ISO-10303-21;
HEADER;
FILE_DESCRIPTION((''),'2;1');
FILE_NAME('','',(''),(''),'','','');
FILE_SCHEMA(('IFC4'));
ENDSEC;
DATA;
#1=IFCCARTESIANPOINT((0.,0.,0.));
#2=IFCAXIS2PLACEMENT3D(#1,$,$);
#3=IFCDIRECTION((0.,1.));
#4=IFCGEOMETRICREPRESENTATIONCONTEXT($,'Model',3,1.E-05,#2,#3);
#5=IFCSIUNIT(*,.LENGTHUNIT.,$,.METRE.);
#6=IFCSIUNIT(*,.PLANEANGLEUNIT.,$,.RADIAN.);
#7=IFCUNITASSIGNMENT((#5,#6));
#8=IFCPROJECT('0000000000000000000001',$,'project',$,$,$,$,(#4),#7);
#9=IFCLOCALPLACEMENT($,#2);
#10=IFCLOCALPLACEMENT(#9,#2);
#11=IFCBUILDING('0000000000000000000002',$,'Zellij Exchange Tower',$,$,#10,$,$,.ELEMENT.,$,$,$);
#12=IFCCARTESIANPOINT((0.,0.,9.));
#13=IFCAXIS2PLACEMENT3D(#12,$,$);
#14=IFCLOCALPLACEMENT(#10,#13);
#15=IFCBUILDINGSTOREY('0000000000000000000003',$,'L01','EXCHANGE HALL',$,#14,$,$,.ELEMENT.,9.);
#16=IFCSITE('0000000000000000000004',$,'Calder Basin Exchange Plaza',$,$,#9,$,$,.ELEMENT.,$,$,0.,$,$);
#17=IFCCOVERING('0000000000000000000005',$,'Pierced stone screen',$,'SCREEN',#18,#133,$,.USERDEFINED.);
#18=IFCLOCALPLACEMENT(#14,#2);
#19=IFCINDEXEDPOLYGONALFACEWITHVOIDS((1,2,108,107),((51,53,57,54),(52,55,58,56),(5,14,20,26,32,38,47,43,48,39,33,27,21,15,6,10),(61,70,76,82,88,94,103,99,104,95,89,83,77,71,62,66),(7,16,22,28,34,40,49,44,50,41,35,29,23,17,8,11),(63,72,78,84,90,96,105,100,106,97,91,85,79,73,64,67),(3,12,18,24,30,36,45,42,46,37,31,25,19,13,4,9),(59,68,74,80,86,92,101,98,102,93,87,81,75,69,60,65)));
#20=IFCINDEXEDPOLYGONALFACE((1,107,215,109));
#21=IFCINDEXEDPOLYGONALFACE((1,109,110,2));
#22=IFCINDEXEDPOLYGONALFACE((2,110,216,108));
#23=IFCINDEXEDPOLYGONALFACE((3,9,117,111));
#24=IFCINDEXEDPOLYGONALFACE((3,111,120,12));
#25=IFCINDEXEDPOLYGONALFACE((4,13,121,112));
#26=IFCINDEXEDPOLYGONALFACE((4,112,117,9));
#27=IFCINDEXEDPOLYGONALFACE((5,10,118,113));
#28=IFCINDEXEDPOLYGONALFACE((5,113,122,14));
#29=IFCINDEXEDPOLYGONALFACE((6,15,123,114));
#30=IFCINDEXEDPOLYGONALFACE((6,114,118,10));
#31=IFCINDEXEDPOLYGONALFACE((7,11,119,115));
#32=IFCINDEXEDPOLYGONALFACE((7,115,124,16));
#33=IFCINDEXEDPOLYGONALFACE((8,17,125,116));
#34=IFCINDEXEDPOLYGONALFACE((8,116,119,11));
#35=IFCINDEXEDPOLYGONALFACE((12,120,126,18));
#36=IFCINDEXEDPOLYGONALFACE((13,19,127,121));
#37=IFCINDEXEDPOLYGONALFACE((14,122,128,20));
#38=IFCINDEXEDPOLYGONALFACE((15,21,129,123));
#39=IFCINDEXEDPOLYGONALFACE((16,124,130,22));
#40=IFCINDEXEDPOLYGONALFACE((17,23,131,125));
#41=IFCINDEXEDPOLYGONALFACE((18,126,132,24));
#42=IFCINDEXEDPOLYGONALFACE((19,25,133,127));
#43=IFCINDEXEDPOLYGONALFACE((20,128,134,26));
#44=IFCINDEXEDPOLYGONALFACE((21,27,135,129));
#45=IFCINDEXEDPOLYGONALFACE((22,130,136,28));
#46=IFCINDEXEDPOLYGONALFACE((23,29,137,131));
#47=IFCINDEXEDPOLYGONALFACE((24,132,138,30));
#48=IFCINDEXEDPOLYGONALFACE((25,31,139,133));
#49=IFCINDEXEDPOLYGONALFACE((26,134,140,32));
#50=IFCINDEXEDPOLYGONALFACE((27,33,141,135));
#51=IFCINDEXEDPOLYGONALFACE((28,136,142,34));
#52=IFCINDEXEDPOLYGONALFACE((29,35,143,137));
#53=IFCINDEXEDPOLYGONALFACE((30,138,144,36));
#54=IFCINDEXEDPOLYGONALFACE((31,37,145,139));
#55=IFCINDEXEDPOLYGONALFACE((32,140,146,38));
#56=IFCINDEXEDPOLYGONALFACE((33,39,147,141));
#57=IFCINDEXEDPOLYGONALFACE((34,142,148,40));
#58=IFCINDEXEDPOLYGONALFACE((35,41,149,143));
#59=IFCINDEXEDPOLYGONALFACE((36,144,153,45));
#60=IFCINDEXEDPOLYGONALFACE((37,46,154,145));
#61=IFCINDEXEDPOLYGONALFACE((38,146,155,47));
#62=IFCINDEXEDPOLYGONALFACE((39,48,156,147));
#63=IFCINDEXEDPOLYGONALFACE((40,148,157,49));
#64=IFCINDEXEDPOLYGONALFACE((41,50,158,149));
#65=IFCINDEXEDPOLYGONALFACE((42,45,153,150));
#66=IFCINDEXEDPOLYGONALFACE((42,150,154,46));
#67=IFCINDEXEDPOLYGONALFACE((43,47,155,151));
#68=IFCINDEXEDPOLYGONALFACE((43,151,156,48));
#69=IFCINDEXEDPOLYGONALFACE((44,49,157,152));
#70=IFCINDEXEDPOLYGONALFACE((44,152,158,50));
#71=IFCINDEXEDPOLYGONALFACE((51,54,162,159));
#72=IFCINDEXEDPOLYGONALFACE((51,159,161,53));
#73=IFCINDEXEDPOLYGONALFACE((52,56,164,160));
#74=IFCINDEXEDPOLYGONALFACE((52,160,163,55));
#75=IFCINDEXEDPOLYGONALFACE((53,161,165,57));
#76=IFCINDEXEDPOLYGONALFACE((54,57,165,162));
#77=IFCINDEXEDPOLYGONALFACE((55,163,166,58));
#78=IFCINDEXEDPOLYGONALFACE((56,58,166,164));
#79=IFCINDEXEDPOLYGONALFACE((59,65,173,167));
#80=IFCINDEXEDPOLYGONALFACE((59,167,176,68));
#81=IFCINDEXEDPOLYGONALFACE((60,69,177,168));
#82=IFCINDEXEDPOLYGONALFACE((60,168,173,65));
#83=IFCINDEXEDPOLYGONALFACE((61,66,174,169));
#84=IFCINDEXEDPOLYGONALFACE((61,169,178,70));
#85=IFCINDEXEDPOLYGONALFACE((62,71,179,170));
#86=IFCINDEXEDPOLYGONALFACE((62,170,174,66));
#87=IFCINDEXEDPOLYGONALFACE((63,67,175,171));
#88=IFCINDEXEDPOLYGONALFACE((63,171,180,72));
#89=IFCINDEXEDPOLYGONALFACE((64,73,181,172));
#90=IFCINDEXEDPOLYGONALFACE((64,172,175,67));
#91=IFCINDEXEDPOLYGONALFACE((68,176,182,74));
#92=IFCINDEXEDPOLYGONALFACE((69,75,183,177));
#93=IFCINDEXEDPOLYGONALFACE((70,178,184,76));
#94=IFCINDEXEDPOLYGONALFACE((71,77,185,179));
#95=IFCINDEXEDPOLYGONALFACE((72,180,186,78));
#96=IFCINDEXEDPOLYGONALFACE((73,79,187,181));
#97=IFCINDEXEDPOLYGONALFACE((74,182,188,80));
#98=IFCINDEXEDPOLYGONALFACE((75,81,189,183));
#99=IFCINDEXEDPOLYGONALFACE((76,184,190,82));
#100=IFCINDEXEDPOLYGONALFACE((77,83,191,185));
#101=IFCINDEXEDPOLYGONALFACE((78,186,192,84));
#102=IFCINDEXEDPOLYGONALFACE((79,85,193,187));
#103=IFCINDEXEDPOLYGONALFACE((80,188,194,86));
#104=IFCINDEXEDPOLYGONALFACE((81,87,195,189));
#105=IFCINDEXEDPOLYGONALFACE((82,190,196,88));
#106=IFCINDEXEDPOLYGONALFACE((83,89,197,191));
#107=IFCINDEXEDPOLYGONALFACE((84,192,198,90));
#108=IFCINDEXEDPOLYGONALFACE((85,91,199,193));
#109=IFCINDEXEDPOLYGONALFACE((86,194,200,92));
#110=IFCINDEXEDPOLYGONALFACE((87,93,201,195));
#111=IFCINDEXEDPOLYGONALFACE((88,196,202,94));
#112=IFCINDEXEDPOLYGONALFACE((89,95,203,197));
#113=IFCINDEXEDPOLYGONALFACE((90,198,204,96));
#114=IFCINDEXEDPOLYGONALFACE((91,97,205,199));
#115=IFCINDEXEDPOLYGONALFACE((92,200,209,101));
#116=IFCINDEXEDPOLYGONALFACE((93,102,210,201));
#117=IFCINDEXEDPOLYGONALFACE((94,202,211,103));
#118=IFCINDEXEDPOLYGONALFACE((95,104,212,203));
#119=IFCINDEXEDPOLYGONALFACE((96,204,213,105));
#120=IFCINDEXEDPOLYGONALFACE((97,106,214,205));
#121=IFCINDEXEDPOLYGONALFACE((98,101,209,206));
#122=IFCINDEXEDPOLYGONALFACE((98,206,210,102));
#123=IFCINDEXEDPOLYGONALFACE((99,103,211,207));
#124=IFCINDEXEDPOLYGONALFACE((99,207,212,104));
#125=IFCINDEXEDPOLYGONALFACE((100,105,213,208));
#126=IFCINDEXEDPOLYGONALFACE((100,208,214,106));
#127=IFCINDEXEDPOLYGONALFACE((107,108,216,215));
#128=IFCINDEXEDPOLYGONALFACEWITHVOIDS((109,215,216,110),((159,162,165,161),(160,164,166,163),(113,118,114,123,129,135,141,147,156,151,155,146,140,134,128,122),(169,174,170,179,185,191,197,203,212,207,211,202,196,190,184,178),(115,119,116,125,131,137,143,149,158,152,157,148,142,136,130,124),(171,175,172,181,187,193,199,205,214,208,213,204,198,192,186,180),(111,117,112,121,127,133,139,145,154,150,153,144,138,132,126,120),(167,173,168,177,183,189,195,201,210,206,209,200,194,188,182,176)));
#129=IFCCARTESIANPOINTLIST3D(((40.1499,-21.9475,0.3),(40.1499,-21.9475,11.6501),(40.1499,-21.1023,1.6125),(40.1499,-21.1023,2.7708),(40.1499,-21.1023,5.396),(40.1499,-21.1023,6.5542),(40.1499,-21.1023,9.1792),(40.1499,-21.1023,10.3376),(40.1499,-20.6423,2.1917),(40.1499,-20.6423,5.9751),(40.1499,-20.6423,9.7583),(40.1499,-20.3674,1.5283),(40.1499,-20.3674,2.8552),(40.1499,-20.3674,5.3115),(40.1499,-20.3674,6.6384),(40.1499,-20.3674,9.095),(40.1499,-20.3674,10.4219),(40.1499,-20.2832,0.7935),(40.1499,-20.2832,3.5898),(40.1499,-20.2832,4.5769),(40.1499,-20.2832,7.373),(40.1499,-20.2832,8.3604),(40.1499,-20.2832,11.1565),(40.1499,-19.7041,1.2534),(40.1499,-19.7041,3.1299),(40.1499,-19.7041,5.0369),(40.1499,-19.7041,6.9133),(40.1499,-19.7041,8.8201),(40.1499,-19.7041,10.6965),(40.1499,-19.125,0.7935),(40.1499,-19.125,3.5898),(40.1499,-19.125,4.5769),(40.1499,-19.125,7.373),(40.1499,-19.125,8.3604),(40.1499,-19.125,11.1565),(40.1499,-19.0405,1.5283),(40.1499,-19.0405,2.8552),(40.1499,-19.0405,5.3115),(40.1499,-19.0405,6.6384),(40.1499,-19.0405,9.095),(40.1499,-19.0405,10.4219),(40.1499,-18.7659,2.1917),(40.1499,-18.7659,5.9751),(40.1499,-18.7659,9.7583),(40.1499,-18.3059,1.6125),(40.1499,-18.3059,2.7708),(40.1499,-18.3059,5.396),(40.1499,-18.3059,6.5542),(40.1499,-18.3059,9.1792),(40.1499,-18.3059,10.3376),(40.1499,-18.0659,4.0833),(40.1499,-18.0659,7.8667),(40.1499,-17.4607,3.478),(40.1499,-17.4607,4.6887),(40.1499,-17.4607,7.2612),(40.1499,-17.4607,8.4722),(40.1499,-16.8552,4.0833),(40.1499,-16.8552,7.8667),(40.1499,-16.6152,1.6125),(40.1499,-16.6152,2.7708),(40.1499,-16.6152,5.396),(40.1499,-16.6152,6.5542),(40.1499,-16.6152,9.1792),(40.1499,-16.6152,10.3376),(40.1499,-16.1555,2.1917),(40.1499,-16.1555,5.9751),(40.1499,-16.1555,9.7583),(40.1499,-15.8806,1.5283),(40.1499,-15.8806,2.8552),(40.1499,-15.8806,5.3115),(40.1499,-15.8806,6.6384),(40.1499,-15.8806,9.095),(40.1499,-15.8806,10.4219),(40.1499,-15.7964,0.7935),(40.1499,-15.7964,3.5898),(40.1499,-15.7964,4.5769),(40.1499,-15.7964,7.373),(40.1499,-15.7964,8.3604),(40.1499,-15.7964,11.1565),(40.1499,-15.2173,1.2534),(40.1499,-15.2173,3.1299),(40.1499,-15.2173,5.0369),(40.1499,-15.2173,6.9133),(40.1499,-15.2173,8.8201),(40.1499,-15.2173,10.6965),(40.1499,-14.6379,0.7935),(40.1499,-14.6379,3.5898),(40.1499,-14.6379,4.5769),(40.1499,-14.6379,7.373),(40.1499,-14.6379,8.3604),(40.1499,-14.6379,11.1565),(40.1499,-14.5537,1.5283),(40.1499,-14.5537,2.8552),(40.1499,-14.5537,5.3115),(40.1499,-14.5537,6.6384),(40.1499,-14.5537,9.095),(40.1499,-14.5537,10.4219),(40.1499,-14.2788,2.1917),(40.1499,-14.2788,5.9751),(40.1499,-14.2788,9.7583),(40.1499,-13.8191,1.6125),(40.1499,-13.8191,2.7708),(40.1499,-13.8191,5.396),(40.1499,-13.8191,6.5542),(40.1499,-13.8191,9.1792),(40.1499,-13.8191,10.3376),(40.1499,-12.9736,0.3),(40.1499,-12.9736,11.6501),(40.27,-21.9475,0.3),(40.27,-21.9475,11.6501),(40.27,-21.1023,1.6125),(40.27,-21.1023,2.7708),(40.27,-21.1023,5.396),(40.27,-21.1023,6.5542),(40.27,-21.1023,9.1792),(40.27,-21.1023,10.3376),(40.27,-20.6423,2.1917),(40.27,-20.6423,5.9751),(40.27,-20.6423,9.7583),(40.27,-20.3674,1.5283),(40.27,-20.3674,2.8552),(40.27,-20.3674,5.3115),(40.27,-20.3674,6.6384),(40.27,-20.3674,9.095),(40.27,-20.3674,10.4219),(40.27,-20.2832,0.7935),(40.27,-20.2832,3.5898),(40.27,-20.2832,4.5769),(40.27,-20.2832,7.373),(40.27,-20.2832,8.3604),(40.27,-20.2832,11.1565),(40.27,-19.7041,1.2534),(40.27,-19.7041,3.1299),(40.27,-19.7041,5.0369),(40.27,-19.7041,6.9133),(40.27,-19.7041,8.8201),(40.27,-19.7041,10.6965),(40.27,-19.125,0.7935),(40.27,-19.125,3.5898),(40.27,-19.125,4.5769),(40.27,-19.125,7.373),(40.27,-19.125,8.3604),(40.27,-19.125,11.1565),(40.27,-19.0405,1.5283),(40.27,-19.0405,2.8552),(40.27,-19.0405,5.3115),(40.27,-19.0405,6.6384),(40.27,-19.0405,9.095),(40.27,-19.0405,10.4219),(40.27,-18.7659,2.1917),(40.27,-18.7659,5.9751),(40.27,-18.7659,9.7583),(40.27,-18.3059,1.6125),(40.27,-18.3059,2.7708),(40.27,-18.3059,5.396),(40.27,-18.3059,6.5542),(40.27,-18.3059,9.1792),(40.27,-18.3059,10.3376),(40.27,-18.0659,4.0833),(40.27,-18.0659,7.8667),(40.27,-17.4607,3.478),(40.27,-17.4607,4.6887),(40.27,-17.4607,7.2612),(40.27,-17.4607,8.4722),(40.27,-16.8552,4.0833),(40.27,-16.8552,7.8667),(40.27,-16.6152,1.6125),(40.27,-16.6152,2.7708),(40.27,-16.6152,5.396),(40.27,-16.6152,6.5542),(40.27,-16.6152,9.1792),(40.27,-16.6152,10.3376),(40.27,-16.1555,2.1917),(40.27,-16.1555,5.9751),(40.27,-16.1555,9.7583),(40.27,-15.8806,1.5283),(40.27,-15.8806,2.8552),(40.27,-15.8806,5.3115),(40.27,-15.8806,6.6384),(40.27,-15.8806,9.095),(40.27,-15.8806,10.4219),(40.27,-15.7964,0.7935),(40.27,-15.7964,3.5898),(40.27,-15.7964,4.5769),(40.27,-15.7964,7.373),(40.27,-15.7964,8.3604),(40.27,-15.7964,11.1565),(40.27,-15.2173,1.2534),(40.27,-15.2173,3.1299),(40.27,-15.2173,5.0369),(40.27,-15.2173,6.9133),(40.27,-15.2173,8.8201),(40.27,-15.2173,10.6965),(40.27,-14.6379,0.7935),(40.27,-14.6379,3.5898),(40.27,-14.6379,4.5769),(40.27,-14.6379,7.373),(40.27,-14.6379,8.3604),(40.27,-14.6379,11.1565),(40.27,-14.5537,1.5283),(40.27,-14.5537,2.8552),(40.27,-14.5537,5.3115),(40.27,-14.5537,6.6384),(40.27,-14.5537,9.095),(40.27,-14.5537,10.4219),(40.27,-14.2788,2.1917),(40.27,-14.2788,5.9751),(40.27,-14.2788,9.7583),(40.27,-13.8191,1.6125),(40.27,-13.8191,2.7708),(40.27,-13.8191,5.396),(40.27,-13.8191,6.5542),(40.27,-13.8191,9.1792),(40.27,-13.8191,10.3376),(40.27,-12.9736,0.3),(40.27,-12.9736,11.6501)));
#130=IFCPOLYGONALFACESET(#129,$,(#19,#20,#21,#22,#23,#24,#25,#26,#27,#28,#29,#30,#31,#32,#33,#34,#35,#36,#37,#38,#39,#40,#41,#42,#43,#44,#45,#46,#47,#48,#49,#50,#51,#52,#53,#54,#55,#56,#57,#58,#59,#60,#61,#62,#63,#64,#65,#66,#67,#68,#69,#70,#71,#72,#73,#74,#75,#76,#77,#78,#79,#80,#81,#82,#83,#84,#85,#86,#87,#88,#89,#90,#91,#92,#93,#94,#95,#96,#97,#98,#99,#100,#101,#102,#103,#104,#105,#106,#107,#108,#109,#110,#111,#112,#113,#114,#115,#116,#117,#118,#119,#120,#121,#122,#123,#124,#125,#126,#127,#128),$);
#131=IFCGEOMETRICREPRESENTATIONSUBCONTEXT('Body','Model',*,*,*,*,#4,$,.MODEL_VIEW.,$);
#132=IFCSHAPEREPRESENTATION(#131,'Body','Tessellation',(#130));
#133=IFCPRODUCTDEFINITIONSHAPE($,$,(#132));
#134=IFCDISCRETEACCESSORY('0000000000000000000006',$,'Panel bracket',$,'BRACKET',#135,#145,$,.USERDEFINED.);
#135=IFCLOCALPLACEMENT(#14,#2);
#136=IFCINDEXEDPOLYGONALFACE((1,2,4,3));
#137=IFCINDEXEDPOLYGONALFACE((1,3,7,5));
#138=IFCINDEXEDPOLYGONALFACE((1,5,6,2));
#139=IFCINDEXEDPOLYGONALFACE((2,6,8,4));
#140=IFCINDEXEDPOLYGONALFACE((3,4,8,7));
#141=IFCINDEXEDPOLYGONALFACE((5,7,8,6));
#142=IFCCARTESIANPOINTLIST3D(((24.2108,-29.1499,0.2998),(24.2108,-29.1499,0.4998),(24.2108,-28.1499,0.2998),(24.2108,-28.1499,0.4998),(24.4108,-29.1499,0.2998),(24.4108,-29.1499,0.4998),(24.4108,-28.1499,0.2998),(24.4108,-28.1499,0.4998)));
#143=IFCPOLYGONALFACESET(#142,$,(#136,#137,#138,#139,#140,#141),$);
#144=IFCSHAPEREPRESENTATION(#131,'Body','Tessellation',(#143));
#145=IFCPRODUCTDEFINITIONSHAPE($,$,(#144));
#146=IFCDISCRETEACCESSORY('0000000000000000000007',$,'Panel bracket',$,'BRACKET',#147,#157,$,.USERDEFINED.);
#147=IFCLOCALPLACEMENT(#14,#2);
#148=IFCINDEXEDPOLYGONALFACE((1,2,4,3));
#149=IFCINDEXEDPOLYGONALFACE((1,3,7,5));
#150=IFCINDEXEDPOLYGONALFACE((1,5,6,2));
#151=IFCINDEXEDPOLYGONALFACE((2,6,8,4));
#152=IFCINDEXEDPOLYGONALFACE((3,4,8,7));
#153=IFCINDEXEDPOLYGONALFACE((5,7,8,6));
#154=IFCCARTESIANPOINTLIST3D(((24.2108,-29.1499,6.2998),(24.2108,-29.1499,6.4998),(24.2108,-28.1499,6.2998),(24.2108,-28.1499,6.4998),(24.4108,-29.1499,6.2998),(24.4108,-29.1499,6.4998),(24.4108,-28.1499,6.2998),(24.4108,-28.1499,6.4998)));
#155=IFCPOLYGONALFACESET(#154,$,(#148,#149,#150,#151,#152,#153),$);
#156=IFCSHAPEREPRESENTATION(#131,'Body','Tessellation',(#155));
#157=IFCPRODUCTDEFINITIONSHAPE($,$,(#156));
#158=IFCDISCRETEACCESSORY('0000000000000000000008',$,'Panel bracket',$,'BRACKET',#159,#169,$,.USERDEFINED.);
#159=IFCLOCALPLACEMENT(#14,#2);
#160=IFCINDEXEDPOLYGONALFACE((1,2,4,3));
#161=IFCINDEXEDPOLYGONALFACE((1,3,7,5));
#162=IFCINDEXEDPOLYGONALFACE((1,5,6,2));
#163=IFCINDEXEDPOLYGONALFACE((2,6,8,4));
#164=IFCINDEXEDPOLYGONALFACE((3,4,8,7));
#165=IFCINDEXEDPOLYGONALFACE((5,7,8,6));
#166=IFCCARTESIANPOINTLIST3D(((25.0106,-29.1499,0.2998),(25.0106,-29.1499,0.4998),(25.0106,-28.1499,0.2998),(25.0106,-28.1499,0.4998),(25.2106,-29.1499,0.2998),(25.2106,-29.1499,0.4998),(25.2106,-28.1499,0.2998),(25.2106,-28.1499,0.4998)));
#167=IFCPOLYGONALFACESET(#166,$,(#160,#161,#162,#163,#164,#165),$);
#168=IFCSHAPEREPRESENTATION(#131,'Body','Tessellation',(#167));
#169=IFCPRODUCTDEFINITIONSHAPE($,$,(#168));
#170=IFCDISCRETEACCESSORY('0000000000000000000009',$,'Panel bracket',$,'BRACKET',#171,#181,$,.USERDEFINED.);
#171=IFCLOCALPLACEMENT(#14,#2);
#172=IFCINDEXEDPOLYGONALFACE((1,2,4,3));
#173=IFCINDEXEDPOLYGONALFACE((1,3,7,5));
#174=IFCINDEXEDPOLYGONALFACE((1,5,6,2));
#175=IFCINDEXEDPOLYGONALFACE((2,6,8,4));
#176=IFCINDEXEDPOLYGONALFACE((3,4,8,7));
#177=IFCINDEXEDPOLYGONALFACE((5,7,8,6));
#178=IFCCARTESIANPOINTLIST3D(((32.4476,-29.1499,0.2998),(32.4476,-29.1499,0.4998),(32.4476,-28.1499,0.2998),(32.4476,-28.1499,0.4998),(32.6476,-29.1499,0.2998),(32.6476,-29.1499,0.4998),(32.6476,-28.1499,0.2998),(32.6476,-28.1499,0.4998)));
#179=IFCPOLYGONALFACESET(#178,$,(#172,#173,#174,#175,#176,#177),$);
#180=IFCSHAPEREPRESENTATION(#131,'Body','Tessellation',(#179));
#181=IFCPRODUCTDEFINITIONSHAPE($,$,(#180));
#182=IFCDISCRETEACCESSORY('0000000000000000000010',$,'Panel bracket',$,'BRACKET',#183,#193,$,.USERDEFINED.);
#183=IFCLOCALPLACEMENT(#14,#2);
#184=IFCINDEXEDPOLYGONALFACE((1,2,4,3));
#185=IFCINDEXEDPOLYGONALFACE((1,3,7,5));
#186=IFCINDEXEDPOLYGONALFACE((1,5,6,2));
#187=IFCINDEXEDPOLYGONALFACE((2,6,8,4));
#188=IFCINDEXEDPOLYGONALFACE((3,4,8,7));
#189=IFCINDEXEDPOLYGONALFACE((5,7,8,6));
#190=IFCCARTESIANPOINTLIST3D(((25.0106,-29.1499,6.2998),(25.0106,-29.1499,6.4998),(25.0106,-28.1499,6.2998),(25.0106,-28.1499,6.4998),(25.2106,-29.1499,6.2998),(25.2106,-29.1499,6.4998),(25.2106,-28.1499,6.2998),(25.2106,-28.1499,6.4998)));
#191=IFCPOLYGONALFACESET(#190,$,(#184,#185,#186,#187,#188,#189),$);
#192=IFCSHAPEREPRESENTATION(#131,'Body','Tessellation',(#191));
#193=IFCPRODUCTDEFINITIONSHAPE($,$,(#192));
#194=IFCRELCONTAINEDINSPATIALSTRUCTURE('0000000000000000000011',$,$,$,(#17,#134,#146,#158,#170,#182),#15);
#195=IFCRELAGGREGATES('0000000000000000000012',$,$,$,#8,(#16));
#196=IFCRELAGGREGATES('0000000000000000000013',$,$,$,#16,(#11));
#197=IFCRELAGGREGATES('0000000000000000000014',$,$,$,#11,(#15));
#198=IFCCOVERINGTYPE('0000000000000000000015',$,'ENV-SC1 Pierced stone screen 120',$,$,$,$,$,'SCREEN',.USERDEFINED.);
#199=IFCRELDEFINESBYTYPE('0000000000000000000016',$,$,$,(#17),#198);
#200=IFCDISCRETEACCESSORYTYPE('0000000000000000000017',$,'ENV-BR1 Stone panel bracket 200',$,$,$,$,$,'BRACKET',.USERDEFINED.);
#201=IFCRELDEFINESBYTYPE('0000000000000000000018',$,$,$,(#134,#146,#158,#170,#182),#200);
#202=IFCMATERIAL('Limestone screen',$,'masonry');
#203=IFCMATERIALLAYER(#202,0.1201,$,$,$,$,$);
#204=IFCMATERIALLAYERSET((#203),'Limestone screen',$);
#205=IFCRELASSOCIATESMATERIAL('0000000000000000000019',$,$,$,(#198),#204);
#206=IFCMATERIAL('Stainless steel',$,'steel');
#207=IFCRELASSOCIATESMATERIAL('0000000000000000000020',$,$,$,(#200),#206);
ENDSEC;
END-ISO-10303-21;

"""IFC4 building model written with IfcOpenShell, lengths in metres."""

from ifc_helpers import new_model, si_unit, direction, frame, origin, origin_2d, place, context, subcontext, project, spatial, polyline, rectangle, outline, extrude, material, layer, layer_set, type_object, element, save


model = new_model("IFC4")

# Units and contexts
model_context = context("Model", 3, precision=1e-05, world=origin(), true_north=direction((0.0, 1.0)))
body_context = subcontext(model_context, "Body", "Model", "MODEL_VIEW")
ifc_project = project(units=[si_unit("LENGTHUNIT", "METRE"), si_unit("PLANEANGLEUNIT", "RADIAN")], contexts=[model_context])

# Site, building, storey
site_placement = place(None, origin())
site = spatial("IfcSite", under=ifc_project, at=site_placement, Name="Calder Basin Exchange Plaza", CompositionType="ELEMENT", RefElevation=0.0)
building_placement = place(site_placement, origin())
building = spatial("IfcBuilding", under=site, at=building_placement, Name="Zellij Exchange Tower", CompositionType="ELEMENT")
storey_placement = place(building_placement, frame((0.0, 0.0, 9.0)))
storey = spatial("IfcBuildingStorey", under=building, at=storey_placement, Name="L01", Description="EXCHANGE HALL", CompositionType="ELEMENT", Elevation=9.0)

# Covering
ifc_material_1 = material(Name="Limestone screen", Category="masonry")
ifc_layer_1 = layer(ifc_material_1, 0.1201)
ifc_layer_set_1 = layer_set([ifc_layer_1], Name="Limestone screen")
covering_type = type_object("IfcCoveringType", Name="ENV-SC1 Pierced stone screen 120", ElementType="SCREEN", PredefinedType="USERDEFINED", material=ifc_layer_set_1)
covering_1_placement = place(storey_placement, frame((40.21, -21.9475, 0.3), z_axis=(0.0, 0.0, 1.0), x_axis=(0.0, 1.0, 0.0)))
element("IfcCovering", 1, at=covering_1_placement, inside=storey, type_object=covering_type, Name="Pierced stone screen", ObjectType="SCREEN", PredefinedType="USERDEFINED", context=body_context, shape_type="SweptSolid", body=[
    extrude(outline(polyline([(0.0, 0.0), (8.9739, 0.0), (8.9739, 11.3501), (0.0, 11.3501), (0.0, 0.0)]), holes=[polyline([(3.6416, 2.4707), (2.907, 2.5552), (2.8225, 3.2898), (2.2434, 2.8298), (1.6643, 3.2898), (1.5801, 2.5552), (0.8452, 2.4707), (1.3052, 1.8916), (0.8452, 1.3125), (1.5801, 1.2283), (1.6643, 0.4934), (2.2434, 0.9534), (2.8225, 0.4934), (2.907, 1.2283), (3.6416, 1.3125), (3.1816, 1.8916), (3.6416, 2.4707)]), polyline([(3.6416, 6.2542), (2.907, 6.3384), (2.8225, 7.073), (2.2434, 6.6133), (1.6643, 7.073), (1.5801, 6.3384), (0.8452, 6.2542), (1.3052, 5.675), (0.8452, 5.0959), (1.5801, 5.0115), (1.6643, 4.2769), (2.2434, 4.7368), (2.8225, 4.2769), (2.907, 5.0115), (3.6416, 5.0959), (3.1816, 5.675), (3.6416, 6.2542)]), polyline([(3.6416, 10.0376), (2.907, 10.1218), (2.8225, 10.8564), (2.2434, 10.3965), (1.6643, 10.8564), (1.5801, 10.1218), (0.8452, 10.0376), (1.3052, 9.4583), (0.8452, 8.8792), (1.5801, 8.7949), (1.6643, 8.0603), (2.2434, 8.52), (2.8225, 8.0603), (2.907, 8.7949), (3.6416, 8.8792), (3.1816, 9.4583), (3.6416, 10.0376)]), polyline([(8.1284, 2.4707), (7.3938, 2.5552), (7.3096, 3.2898), (6.7302, 2.8298), (6.1511, 3.2898), (6.0669, 2.5552), (5.3323, 2.4707), (5.792, 1.8916), (5.3323, 1.3125), (6.0669, 1.2283), (6.1511, 0.4934), (6.7302, 0.9534), (7.3096, 0.4934), (7.3938, 1.2283), (8.1284, 1.3125), (7.6687, 1.8916), (8.1284, 2.4707)]), polyline([(8.1284, 6.2542), (7.3938, 6.3384), (7.3096, 7.073), (6.7302, 6.6133), (6.1511, 7.073), (6.0669, 6.3384), (5.3323, 6.2542), (5.792, 5.675), (5.3323, 5.0959), (6.0669, 5.0115), (6.1511, 4.2769), (6.7302, 4.7368), (7.3096, 4.2769), (7.3938, 5.0115), (8.1284, 5.0959), (7.6687, 5.675), (8.1284, 6.2542)]), polyline([(8.1284, 10.0376), (7.3938, 10.1218), (7.3096, 10.8564), (6.7302, 10.3965), (6.1511, 10.8564), (6.0669, 10.1218), (5.3323, 10.0376), (5.792, 9.4583), (5.3323, 8.8792), (6.0669, 8.7949), (6.1511, 8.0603), (6.7302, 8.52), (7.3096, 8.0603), (7.3938, 8.7949), (8.1284, 8.8792), (7.6687, 9.4583), (8.1284, 10.0376)]), polyline([(5.0923, 3.7832), (4.4868, 4.3887), (3.8816, 3.7832), (4.4868, 3.178), (5.0923, 3.7832)]), polyline([(5.0923, 7.5667), (4.4868, 8.1721), (3.8816, 7.5667), (4.4868, 6.9612), (5.0923, 7.5667)])]), frame((0.0, 0.0601, 0.0), z_axis=(0.0, -1.0, 0.0), x_axis=(1.0, 0.0, 0.0)), (0.0, 0.0, 1.0), 0.1201),
])

# Discrete accessories
ifc_material_2 = material(Name="Stainless steel", Category="steel")
discrete_accessory_type = type_object("IfcDiscreteAccessoryType", Name="ENV-BR1 Stone panel bracket 200", ElementType="BRACKET", PredefinedType="USERDEFINED", material=ifc_material_2)
for number, where, z_axis, x_axis, name in (
    (2, (24.3108, -28.6499, 0.2998), (0.0, 0.0, 1.0), (1.0, 0.0, 0.0), "Panel bracket"),
    (3, (24.3108, -28.6499, 6.2998), (0.0, 0.0, 1.0), (1.0, 0.0, 0.0), "Panel bracket"),
    (4, (25.1106, -28.6499, 0.2998), (0.0, 0.0, 1.0), (1.0, 0.0, 0.0), "Panel bracket"),
    (5, (32.5476, -28.6499, 0.2998), (0.0, 0.0, 1.0), (1.0, 0.0, 0.0), "Panel bracket"),
    (6, (25.1106, -28.6499, 6.2998), (0.0, 0.0, 1.0), (1.0, 0.0, 0.0), "Panel bracket"),
):
    element("IfcDiscreteAccessory", number, at=place(storey_placement, frame(where, z_axis=z_axis, x_axis=x_axis)), inside=storey, type_object=discrete_accessory_type, Name=name, ObjectType="BRACKET", PredefinedType="USERDEFINED", context=body_context, shape_type="SweptSolid", body=[
        extrude(rectangle(XDim=0.2, YDim=1.0, at=origin_2d()), origin(), (0.0, 0.0, 1.0), 0.2),
    ])

save(model, "model.ifc")
